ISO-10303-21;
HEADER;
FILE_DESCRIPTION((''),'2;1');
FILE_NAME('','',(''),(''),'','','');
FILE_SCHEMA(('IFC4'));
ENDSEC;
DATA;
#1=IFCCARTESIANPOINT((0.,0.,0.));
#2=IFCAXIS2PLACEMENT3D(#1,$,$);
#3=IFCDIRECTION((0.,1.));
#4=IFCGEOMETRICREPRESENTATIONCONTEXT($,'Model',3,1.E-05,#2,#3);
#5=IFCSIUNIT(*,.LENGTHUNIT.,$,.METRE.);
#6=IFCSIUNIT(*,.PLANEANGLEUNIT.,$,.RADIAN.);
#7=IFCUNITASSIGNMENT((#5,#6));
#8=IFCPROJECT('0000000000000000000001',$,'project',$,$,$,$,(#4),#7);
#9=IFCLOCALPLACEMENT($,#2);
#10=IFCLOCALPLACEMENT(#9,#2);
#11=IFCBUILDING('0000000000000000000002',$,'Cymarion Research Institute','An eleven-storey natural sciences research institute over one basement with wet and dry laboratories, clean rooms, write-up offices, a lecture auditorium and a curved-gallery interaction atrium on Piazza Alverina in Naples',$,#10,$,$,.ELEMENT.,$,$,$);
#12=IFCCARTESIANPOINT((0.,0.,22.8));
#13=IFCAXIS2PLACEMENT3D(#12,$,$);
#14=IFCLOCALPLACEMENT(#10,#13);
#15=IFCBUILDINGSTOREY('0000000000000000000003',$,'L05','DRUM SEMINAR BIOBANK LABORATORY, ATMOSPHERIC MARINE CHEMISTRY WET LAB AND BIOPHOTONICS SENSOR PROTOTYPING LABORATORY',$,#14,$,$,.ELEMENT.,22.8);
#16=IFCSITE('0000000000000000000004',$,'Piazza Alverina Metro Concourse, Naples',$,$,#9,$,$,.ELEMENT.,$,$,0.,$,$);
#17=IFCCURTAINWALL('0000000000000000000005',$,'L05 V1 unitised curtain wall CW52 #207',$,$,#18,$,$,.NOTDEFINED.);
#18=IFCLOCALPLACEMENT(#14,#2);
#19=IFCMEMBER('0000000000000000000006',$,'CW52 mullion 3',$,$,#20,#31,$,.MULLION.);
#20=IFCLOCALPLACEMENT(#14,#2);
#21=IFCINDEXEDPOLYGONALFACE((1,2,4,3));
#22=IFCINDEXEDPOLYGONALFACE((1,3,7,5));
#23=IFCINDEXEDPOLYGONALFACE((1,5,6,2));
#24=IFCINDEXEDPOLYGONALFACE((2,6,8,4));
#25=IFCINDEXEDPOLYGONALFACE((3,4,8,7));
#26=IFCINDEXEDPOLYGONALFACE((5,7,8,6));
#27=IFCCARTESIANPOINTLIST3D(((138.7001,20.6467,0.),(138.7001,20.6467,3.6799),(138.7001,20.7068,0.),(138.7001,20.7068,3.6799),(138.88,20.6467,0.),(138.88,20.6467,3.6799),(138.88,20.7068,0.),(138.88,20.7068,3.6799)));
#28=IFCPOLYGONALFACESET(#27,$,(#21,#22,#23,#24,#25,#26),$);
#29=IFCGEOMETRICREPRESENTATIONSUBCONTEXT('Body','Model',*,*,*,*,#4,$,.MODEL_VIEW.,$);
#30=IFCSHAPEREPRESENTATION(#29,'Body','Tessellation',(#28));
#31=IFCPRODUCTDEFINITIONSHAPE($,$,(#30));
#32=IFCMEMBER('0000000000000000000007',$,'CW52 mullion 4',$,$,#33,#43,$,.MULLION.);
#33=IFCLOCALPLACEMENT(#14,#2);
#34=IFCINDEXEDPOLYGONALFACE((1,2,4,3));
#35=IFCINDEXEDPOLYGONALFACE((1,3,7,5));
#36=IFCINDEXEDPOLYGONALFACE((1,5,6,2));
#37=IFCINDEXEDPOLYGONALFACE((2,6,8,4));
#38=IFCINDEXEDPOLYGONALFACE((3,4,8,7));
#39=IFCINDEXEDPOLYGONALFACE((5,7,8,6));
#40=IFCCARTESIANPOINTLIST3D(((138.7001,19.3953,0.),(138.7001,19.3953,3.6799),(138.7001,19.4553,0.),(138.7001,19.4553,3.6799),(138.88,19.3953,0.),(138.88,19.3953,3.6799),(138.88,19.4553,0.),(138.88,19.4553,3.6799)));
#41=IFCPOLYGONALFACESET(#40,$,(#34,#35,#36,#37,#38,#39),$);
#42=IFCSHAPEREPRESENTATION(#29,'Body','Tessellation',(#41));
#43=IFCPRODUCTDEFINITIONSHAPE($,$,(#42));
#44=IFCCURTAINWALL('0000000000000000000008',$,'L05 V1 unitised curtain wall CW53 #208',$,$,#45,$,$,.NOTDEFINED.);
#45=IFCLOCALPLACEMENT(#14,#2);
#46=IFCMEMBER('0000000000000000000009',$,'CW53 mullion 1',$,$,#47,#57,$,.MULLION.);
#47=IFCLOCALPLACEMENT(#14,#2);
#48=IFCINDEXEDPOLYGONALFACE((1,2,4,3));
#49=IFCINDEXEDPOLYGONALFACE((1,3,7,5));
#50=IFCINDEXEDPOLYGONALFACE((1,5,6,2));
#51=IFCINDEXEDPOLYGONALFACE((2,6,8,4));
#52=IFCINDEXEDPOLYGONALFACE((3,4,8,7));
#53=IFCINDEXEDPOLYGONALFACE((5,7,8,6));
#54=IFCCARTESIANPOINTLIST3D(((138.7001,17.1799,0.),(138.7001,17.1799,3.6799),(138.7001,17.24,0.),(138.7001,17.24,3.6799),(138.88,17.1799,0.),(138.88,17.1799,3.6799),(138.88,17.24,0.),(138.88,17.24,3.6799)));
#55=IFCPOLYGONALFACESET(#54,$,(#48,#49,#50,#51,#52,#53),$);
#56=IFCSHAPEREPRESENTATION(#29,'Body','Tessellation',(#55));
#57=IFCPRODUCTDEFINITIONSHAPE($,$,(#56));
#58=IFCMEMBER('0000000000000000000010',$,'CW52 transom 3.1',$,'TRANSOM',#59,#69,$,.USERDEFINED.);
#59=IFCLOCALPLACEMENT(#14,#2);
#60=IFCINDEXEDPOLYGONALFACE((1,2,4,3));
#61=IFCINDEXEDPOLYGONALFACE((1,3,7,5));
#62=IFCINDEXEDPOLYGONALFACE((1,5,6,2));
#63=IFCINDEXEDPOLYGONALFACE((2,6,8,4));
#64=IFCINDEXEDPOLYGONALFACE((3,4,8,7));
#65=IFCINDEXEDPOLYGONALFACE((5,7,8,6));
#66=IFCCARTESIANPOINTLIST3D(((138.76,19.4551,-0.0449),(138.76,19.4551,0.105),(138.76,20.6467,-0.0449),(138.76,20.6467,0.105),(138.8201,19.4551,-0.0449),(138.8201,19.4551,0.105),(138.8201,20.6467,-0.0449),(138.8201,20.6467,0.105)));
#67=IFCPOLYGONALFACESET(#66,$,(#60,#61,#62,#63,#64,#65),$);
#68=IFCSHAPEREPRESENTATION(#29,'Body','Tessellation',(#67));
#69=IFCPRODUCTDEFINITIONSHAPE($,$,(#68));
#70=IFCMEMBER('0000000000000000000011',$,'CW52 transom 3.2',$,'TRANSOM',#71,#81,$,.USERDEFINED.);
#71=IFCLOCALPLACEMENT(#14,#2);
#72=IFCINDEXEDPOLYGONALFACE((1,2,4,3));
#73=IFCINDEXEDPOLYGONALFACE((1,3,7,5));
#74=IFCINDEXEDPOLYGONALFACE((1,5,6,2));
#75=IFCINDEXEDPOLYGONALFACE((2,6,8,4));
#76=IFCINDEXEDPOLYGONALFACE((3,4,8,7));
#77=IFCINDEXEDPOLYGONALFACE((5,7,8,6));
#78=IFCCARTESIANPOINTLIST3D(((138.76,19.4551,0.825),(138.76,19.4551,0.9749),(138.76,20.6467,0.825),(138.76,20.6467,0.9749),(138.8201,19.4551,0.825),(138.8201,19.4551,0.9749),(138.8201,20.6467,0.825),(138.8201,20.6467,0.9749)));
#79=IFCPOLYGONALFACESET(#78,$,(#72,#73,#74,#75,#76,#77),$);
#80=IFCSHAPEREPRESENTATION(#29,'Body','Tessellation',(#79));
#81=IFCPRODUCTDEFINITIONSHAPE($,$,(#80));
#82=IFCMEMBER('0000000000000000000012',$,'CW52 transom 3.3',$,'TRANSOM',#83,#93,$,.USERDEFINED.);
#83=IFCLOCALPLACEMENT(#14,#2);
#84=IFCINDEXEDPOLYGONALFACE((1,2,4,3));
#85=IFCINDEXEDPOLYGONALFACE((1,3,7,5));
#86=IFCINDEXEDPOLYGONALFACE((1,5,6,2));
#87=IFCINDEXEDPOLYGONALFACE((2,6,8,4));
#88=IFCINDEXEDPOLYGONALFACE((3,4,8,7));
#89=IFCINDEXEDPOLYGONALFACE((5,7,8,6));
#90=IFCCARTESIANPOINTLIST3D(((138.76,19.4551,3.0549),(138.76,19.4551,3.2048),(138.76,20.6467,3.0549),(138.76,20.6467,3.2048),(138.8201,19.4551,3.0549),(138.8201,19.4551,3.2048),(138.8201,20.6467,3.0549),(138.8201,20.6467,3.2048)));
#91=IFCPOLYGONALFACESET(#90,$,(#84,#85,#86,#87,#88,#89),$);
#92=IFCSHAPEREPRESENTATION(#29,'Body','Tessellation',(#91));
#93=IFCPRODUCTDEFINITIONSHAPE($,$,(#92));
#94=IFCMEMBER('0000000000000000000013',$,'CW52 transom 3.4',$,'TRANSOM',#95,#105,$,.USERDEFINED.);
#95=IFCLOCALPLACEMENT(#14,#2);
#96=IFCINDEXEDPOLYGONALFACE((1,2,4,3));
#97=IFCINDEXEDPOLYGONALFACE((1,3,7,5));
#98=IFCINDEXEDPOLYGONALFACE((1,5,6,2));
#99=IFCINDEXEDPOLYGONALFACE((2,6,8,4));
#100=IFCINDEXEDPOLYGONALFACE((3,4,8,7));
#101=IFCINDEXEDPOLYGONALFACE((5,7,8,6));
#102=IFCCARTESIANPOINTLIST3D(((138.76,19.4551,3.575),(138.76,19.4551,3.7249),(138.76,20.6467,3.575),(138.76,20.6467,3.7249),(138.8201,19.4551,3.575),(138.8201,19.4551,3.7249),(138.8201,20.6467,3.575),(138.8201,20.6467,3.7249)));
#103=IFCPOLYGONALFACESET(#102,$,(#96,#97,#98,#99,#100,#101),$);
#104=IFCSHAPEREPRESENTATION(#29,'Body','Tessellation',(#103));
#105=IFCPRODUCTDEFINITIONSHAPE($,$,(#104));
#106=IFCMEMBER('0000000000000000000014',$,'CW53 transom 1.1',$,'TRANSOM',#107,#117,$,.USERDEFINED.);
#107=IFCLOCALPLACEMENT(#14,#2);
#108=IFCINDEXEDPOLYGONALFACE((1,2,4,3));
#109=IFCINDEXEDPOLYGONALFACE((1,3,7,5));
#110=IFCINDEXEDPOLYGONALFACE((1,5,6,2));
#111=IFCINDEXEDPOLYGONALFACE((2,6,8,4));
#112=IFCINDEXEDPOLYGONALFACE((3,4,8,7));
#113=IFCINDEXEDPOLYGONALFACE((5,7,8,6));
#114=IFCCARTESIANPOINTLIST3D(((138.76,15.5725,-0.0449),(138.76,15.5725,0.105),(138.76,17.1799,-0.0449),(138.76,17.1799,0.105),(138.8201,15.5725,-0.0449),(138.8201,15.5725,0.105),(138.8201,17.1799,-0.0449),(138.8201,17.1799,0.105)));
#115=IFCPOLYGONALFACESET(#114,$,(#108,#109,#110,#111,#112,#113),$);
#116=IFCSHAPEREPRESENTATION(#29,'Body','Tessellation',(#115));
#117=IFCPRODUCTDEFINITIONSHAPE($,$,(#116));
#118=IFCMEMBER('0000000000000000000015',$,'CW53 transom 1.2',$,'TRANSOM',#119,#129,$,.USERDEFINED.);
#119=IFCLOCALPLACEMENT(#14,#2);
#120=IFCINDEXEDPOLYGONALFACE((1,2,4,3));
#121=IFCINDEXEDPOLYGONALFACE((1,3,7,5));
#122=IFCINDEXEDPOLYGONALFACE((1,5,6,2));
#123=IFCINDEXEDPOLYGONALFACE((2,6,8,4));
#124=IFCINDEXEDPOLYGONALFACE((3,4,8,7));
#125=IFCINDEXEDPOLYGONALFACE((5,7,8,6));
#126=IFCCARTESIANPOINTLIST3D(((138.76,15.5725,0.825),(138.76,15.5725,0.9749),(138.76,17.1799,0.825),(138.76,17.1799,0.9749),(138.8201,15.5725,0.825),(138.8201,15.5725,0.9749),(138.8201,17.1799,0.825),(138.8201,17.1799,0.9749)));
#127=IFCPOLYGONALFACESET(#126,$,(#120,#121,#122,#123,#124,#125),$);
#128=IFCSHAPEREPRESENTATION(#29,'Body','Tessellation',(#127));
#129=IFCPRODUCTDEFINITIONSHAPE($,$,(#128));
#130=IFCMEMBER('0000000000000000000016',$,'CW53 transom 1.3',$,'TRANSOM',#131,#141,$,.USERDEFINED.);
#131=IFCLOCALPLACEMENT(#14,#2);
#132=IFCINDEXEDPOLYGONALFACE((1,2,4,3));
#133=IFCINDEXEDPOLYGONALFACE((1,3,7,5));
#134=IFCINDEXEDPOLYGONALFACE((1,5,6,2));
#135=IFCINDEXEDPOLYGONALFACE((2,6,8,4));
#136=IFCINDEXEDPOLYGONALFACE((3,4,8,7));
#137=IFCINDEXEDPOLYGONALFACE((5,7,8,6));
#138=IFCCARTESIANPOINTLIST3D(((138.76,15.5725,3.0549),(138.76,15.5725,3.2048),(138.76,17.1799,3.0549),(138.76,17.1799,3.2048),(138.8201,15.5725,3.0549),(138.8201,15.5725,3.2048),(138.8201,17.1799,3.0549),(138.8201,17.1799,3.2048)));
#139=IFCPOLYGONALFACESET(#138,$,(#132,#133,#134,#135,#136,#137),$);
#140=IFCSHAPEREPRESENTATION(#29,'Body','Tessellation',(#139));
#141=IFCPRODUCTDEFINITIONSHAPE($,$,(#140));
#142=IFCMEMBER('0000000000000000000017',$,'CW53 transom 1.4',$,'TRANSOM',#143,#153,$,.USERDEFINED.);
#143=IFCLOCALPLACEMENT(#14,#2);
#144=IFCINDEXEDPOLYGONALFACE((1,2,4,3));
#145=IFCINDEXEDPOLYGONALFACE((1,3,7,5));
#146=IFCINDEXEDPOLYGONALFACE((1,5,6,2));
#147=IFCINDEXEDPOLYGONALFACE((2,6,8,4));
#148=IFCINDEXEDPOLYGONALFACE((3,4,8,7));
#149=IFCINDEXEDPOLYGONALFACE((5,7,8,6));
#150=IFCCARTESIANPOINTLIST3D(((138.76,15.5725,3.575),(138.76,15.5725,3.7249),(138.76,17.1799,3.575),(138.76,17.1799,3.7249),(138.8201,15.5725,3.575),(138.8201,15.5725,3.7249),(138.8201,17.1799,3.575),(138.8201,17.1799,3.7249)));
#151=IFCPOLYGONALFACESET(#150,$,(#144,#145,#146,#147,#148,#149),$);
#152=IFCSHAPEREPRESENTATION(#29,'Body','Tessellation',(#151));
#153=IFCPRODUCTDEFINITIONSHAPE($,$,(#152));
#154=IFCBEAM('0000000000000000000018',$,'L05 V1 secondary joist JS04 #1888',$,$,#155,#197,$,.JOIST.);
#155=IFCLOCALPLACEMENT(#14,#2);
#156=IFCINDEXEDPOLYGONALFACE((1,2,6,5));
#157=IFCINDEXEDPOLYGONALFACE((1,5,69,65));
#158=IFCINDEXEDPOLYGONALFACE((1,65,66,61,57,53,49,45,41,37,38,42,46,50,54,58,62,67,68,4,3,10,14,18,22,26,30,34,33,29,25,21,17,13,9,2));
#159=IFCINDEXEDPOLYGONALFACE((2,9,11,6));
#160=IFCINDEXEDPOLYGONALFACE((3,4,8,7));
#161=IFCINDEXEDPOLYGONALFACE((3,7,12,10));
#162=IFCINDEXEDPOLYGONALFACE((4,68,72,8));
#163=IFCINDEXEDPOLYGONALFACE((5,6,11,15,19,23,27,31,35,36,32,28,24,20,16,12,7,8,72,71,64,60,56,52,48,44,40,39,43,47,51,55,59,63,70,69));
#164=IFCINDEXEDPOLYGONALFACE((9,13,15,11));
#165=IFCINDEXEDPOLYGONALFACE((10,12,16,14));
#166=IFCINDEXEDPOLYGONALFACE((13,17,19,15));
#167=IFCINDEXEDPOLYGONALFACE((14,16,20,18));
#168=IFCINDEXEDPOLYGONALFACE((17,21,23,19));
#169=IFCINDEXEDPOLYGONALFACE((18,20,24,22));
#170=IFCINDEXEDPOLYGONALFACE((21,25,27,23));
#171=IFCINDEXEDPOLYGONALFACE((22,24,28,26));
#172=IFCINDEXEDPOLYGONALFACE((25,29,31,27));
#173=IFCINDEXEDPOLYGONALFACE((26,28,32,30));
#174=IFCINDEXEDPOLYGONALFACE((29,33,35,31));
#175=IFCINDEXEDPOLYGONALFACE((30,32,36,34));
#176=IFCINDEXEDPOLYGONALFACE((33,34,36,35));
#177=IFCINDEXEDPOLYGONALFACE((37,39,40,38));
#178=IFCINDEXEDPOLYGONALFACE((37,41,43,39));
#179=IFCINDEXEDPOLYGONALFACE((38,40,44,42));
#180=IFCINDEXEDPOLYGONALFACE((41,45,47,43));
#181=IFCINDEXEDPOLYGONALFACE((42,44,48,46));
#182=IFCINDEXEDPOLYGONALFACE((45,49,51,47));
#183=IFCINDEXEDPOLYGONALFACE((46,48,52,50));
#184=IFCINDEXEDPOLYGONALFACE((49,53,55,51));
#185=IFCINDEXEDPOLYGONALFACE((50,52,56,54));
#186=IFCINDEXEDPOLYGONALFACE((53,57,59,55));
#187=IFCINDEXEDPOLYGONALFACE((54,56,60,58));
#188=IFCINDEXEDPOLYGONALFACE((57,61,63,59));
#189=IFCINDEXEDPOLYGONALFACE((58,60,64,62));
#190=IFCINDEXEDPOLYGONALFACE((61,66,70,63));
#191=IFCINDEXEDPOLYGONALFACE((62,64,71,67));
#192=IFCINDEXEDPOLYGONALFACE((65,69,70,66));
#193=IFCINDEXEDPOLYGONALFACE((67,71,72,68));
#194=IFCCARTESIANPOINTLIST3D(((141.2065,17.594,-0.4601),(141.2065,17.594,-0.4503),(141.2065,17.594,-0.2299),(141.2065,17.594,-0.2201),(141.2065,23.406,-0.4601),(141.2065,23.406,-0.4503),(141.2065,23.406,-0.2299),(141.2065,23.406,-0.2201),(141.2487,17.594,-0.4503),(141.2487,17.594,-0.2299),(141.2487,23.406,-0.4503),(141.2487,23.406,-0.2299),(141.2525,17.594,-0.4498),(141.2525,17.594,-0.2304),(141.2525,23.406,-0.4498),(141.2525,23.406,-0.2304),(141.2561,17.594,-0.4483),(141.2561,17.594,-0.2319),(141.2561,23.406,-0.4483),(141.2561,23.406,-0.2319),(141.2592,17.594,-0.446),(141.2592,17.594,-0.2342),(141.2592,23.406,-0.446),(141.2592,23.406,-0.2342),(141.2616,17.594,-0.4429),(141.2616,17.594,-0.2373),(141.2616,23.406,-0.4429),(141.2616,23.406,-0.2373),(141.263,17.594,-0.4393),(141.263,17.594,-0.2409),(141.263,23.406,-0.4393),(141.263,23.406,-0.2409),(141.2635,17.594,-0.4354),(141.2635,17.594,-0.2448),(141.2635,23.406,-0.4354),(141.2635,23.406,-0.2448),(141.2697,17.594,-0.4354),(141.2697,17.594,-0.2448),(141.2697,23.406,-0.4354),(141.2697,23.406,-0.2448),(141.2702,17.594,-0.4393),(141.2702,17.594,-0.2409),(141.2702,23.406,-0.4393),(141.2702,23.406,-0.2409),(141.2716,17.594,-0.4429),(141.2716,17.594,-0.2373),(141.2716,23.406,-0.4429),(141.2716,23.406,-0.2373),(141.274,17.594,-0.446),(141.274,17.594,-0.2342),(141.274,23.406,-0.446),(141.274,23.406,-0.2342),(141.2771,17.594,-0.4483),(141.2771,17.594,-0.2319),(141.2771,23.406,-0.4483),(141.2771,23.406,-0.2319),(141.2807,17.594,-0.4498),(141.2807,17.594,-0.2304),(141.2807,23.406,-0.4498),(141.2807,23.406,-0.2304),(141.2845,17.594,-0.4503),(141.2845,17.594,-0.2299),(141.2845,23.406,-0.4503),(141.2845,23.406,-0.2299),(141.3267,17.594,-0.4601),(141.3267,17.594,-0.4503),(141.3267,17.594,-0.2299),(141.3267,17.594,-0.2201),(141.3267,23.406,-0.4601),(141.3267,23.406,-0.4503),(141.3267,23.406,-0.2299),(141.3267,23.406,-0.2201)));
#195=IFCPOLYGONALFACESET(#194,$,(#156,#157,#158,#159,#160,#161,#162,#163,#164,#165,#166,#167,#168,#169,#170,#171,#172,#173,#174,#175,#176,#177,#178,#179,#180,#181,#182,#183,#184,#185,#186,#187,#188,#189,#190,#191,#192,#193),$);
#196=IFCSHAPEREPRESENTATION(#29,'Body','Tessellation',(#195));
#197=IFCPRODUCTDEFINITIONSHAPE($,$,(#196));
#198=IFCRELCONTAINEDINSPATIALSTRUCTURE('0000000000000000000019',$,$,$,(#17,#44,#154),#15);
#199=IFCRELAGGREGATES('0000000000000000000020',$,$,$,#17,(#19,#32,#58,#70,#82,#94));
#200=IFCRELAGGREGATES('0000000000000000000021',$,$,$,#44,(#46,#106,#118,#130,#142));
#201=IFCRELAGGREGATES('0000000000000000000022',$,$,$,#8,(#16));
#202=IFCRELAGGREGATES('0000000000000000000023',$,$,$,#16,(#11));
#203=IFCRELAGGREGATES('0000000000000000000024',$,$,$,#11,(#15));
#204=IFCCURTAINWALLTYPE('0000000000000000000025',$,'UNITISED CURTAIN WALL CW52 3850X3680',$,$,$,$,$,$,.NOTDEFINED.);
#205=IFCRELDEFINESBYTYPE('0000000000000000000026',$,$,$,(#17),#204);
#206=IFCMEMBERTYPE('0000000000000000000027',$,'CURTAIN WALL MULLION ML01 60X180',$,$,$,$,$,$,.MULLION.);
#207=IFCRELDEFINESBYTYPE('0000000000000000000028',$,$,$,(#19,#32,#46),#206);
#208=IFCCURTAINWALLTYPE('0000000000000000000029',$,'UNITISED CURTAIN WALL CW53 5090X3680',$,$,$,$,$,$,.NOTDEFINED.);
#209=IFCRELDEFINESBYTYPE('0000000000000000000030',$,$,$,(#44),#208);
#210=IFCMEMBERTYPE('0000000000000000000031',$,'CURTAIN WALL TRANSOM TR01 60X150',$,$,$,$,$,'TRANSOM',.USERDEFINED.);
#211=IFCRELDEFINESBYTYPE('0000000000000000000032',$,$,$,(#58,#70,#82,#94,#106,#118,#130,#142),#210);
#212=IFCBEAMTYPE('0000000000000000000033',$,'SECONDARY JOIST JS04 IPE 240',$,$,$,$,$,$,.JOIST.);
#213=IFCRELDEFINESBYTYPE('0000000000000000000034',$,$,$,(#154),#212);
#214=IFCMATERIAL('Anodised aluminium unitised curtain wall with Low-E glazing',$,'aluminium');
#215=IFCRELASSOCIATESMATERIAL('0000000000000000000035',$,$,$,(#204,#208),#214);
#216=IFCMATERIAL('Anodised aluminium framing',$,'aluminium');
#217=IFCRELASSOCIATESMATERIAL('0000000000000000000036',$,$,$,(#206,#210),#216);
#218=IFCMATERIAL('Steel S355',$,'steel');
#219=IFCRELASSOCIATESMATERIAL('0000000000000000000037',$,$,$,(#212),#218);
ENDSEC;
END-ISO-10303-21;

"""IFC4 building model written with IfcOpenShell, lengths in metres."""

from ifc_helpers import new_model, si_unit, direction, frame, origin, origin_2d, place, context, subcontext, project, spatial, rectangle, i_section, extrude, material, material_profile, profile_set, type_object, element, aggregate, save


model = new_model("IFC4")

# Units and contexts
model_context = context("Model", 3, precision=1e-05, world=origin(), true_north=direction((0.0, 1.0)))
body_context = subcontext(model_context, "Body", "Model", "MODEL_VIEW")
ifc_project = project(units=[si_unit("LENGTHUNIT", "METRE"), si_unit("PLANEANGLEUNIT", "RADIAN")], contexts=[model_context])

# Site, building, storey
site_placement = place(None, origin())
site = spatial("IfcSite", under=ifc_project, at=site_placement, Name="Piazza Alverina Metro Concourse, Naples", CompositionType="ELEMENT", RefElevation=0.0)
building_placement = place(site_placement, origin())
building = spatial("IfcBuilding", under=site, at=building_placement, Name="Cymarion Research Institute", Description="An eleven-storey natural sciences research institute over one basement with wet and dry laboratories, clean rooms, write-up offices, a lecture auditorium and a curved-gallery interaction atrium on Piazza Alverina in Naples", CompositionType="ELEMENT")
storey_placement = place(building_placement, frame((0.0, 0.0, 22.8)))
storey = spatial("IfcBuildingStorey", under=building, at=storey_placement, Name="L05", Description="DRUM SEMINAR BIOBANK LABORATORY, ATMOSPHERIC MARINE CHEMISTRY WET LAB AND BIOPHOTONICS SENSOR PROTOTYPING LABORATORY", CompositionType="ELEMENT", Elevation=22.8)

# Curtain wall, members
ifc_material_1 = material(Name="Anodised aluminium unitised curtain wall with Low-E glazing", Category="aluminium")
curtain_wall_type_1 = type_object("IfcCurtainWallType", Name="UNITISED CURTAIN WALL CW52 3850X3680", PredefinedType="NOTDEFINED", material=ifc_material_1)
curtain_wall_1_placement = place(storey_placement, origin())
curtain_wall_1 = element("IfcCurtainWall", 1, at=curtain_wall_1_placement, inside=storey, type_object=curtain_wall_type_1, Name="L05 V1 unitised curtain wall CW52 #207", PredefinedType="NOTDEFINED")
ifc_material_2 = material(Name="Anodised aluminium framing", Category="aluminium")
ifc_material_profile_1 = material_profile(ifc_material_2, rectangle(XDim=0.0601, YDim=0.1799, at=origin_2d()), Name="ALU MULLION 60x180")
ifc_profile_set_1 = profile_set([ifc_material_profile_1], Name="Anodised aluminium framing")
member_type_1 = type_object("IfcMemberType", Name="CURTAIN WALL MULLION ML01 60X180", PredefinedType="MULLION", material=ifc_profile_set_1)
member_1_placement = place(storey_placement, frame((138.79, 20.6768, 0.0), z_axis=(0.0, 0.0, 1.0), x_axis=(0.0, -1.0, 0.0)))
member_1 = element("IfcMember", 2, at=member_1_placement, type_object=member_type_1, Name="CW52 mullion 3", PredefinedType="MULLION", context=body_context, shape_type="SweptSolid", body=[
    extrude(rectangle(XDim=0.0601, YDim=0.1799, at=origin_2d()), origin(), (0.0, 0.0, 1.0), 3.6799),
])
member_2_placement = place(storey_placement, frame((138.79, 19.4253, 0.0), z_axis=(0.0, 0.0, 1.0), x_axis=(0.0, -1.0, 0.0)))
member_2 = element("IfcMember", 3, at=member_2_placement, type_object=member_type_1, Name="CW52 mullion 4", PredefinedType="MULLION", context=body_context, shape_type="SweptSolid", body=[
    extrude(rectangle(XDim=0.0601, YDim=0.1799, at=origin_2d()), origin(), (0.0, 0.0, 1.0), 3.6799),
])

# Curtain wall, member
curtain_wall_type_2 = type_object("IfcCurtainWallType", Name="UNITISED CURTAIN WALL CW53 5090X3680", PredefinedType="NOTDEFINED", material=ifc_material_1)
curtain_wall_2_placement = place(storey_placement, origin())
curtain_wall_2 = element("IfcCurtainWall", 4, at=curtain_wall_2_placement, inside=storey, type_object=curtain_wall_type_2, Name="L05 V1 unitised curtain wall CW53 #208", PredefinedType="NOTDEFINED")
member_3_placement = place(storey_placement, frame((138.79, 17.21, 0.0), z_axis=(0.0, 0.0, 1.0), x_axis=(0.0, -1.0, 0.0)))
member_3 = element("IfcMember", 5, at=member_3_placement, type_object=member_type_1, Name="CW53 mullion 1", PredefinedType="MULLION", context=body_context, shape_type="SweptSolid", body=[
    extrude(rectangle(XDim=0.0601, YDim=0.1799, at=origin_2d()), origin(), (0.0, 0.0, 1.0), 3.6799),
])

# Members
ifc_material_profile_2 = material_profile(ifc_material_2, rectangle(XDim=0.0601, YDim=0.1499, at=origin_2d()), Name="ALU TRANSOM 60x150")
ifc_profile_set_2 = profile_set([ifc_material_profile_2], Name="Anodised aluminium framing")
member_type_2 = type_object("IfcMemberType", Name="CURTAIN WALL TRANSOM TR01 60X150", ElementType="TRANSOM", PredefinedType="USERDEFINED", material=ifc_profile_set_2)
member_4_placement = place(storey_placement, frame((138.79, 20.6467, 0.03), z_axis=(0.0, -1.0, 0.0), x_axis=(1.0, 0.0, 0.0)))
member_4 = element("IfcMember", 6, at=member_4_placement, type_object=member_type_2, Name="CW52 transom 3.1", ObjectType="TRANSOM", PredefinedType="USERDEFINED", context=body_context, shape_type="SweptSolid", body=[
    extrude(rectangle(XDim=0.0601, YDim=0.1499, at=origin_2d()), origin(), (0.0, 0.0, 1.0), 1.1917),
])
member_5_placement = place(storey_placement, frame((138.79, 20.6467, 0.8999), z_axis=(0.0, -1.0, 0.0), x_axis=(1.0, 0.0, 0.0)))
member_5 = element("IfcMember", 7, at=member_5_placement, type_object=member_type_2, Name="CW52 transom 3.2", ObjectType="TRANSOM", PredefinedType="USERDEFINED", context=body_context, shape_type="SweptSolid", body=[
    extrude(rectangle(XDim=0.0601, YDim=0.1499, at=origin_2d()), origin(), (0.0, 0.0, 1.0), 1.1917),
])
member_6_placement = place(storey_placement, frame((138.79, 20.6467, 3.1299), z_axis=(0.0, -1.0, 0.0), x_axis=(1.0, 0.0, 0.0)))
member_6 = element("IfcMember", 8, at=member_6_placement, type_object=member_type_2, Name="CW52 transom 3.3", ObjectType="TRANSOM", PredefinedType="USERDEFINED", context=body_context, shape_type="SweptSolid", body=[
    extrude(rectangle(XDim=0.0601, YDim=0.1499, at=origin_2d()), origin(), (0.0, 0.0, 1.0), 1.1917),
])
member_7_placement = place(storey_placement, frame((138.79, 20.6467, 3.6499), z_axis=(0.0, -1.0, 0.0), x_axis=(1.0, 0.0, 0.0)))
member_7 = element("IfcMember", 9, at=member_7_placement, type_object=member_type_2, Name="CW52 transom 3.4", ObjectType="TRANSOM", PredefinedType="USERDEFINED", context=body_context, shape_type="SweptSolid", body=[
    extrude(rectangle(XDim=0.0601, YDim=0.1499, at=origin_2d()), origin(), (0.0, 0.0, 1.0), 1.1917),
])
member_8_placement = place(storey_placement, frame((138.79, 17.1799, 0.03), z_axis=(0.0, -1.0, 0.0), x_axis=(1.0, 0.0, 0.0)))
member_8 = element("IfcMember", 10, at=member_8_placement, type_object=member_type_2, Name="CW53 transom 1.1", ObjectType="TRANSOM", PredefinedType="USERDEFINED", context=body_context, shape_type="SweptSolid", body=[
    extrude(rectangle(XDim=0.0601, YDim=0.1499, at=origin_2d()), origin(), (0.0, 0.0, 1.0), 1.6074),
])
member_9_placement = place(storey_placement, frame((138.79, 17.1799, 0.8999), z_axis=(0.0, -1.0, 0.0), x_axis=(1.0, 0.0, 0.0)))
member_9 = element("IfcMember", 11, at=member_9_placement, type_object=member_type_2, Name="CW53 transom 1.2", ObjectType="TRANSOM", PredefinedType="USERDEFINED", context=body_context, shape_type="SweptSolid", body=[
    extrude(rectangle(XDim=0.0601, YDim=0.1499, at=origin_2d()), origin(), (0.0, 0.0, 1.0), 1.6074),
])
member_10_placement = place(storey_placement, frame((138.79, 17.1799, 3.1299), z_axis=(0.0, -1.0, 0.0), x_axis=(1.0, 0.0, 0.0)))
member_10 = element("IfcMember", 12, at=member_10_placement, type_object=member_type_2, Name="CW53 transom 1.3", ObjectType="TRANSOM", PredefinedType="USERDEFINED", context=body_context, shape_type="SweptSolid", body=[
    extrude(rectangle(XDim=0.0601, YDim=0.1499, at=origin_2d()), origin(), (0.0, 0.0, 1.0), 1.6074),
])
member_11_placement = place(storey_placement, frame((138.79, 17.1799, 3.6499), z_axis=(0.0, -1.0, 0.0), x_axis=(1.0, 0.0, 0.0)))
member_11 = element("IfcMember", 13, at=member_11_placement, type_object=member_type_2, Name="CW53 transom 1.4", ObjectType="TRANSOM", PredefinedType="USERDEFINED", context=body_context, shape_type="SweptSolid", body=[
    extrude(rectangle(XDim=0.0601, YDim=0.1499, at=origin_2d()), origin(), (0.0, 0.0, 1.0), 1.6074),
])

# Beam
ifc_material_3 = material(Name="Steel S355", Category="steel")
ifc_material_profile_3 = material_profile(ifc_material_3, i_section(OverallWidth=0.1201, OverallDepth=0.24, WebThickness=0.0061, FlangeThickness=0.0098, FilletRadius=0.0149, at=origin_2d()), Name="IPE 240")
ifc_profile_set_3 = profile_set([ifc_material_profile_3], Name="Steel S355")
beam_type = type_object("IfcBeamType", Name="SECONDARY JOIST JS04 IPE 240", PredefinedType="JOIST", material=ifc_profile_set_3)
for number, where, z_axis, x_axis, name in (
    (14, (141.2666, 17.594, -0.3401), (0.0, 1.0, 0.0), (-1.0, 0.0, 0.0), "L05 V1 secondary joist JS04 #1888"),
):
    element("IfcBeam", number, at=place(storey_placement, frame(where, z_axis=z_axis, x_axis=x_axis)), inside=storey, type_object=beam_type, Name=name, PredefinedType="JOIST", context=body_context, shape_type="SweptSolid", body=[
        extrude(i_section(OverallWidth=0.1201, OverallDepth=0.24, WebThickness=0.0061, FlangeThickness=0.0098, FilletRadius=0.0149, at=origin_2d()), origin(), (0.0, 0.0, 1.0), 5.812),
    ])

aggregate(curtain_wall_1, [member_1, member_2, member_4, member_5, member_6, member_7])
aggregate(curtain_wall_2, [member_3, member_8, member_9, member_10, member_11])

save(model, "model.ifc")
